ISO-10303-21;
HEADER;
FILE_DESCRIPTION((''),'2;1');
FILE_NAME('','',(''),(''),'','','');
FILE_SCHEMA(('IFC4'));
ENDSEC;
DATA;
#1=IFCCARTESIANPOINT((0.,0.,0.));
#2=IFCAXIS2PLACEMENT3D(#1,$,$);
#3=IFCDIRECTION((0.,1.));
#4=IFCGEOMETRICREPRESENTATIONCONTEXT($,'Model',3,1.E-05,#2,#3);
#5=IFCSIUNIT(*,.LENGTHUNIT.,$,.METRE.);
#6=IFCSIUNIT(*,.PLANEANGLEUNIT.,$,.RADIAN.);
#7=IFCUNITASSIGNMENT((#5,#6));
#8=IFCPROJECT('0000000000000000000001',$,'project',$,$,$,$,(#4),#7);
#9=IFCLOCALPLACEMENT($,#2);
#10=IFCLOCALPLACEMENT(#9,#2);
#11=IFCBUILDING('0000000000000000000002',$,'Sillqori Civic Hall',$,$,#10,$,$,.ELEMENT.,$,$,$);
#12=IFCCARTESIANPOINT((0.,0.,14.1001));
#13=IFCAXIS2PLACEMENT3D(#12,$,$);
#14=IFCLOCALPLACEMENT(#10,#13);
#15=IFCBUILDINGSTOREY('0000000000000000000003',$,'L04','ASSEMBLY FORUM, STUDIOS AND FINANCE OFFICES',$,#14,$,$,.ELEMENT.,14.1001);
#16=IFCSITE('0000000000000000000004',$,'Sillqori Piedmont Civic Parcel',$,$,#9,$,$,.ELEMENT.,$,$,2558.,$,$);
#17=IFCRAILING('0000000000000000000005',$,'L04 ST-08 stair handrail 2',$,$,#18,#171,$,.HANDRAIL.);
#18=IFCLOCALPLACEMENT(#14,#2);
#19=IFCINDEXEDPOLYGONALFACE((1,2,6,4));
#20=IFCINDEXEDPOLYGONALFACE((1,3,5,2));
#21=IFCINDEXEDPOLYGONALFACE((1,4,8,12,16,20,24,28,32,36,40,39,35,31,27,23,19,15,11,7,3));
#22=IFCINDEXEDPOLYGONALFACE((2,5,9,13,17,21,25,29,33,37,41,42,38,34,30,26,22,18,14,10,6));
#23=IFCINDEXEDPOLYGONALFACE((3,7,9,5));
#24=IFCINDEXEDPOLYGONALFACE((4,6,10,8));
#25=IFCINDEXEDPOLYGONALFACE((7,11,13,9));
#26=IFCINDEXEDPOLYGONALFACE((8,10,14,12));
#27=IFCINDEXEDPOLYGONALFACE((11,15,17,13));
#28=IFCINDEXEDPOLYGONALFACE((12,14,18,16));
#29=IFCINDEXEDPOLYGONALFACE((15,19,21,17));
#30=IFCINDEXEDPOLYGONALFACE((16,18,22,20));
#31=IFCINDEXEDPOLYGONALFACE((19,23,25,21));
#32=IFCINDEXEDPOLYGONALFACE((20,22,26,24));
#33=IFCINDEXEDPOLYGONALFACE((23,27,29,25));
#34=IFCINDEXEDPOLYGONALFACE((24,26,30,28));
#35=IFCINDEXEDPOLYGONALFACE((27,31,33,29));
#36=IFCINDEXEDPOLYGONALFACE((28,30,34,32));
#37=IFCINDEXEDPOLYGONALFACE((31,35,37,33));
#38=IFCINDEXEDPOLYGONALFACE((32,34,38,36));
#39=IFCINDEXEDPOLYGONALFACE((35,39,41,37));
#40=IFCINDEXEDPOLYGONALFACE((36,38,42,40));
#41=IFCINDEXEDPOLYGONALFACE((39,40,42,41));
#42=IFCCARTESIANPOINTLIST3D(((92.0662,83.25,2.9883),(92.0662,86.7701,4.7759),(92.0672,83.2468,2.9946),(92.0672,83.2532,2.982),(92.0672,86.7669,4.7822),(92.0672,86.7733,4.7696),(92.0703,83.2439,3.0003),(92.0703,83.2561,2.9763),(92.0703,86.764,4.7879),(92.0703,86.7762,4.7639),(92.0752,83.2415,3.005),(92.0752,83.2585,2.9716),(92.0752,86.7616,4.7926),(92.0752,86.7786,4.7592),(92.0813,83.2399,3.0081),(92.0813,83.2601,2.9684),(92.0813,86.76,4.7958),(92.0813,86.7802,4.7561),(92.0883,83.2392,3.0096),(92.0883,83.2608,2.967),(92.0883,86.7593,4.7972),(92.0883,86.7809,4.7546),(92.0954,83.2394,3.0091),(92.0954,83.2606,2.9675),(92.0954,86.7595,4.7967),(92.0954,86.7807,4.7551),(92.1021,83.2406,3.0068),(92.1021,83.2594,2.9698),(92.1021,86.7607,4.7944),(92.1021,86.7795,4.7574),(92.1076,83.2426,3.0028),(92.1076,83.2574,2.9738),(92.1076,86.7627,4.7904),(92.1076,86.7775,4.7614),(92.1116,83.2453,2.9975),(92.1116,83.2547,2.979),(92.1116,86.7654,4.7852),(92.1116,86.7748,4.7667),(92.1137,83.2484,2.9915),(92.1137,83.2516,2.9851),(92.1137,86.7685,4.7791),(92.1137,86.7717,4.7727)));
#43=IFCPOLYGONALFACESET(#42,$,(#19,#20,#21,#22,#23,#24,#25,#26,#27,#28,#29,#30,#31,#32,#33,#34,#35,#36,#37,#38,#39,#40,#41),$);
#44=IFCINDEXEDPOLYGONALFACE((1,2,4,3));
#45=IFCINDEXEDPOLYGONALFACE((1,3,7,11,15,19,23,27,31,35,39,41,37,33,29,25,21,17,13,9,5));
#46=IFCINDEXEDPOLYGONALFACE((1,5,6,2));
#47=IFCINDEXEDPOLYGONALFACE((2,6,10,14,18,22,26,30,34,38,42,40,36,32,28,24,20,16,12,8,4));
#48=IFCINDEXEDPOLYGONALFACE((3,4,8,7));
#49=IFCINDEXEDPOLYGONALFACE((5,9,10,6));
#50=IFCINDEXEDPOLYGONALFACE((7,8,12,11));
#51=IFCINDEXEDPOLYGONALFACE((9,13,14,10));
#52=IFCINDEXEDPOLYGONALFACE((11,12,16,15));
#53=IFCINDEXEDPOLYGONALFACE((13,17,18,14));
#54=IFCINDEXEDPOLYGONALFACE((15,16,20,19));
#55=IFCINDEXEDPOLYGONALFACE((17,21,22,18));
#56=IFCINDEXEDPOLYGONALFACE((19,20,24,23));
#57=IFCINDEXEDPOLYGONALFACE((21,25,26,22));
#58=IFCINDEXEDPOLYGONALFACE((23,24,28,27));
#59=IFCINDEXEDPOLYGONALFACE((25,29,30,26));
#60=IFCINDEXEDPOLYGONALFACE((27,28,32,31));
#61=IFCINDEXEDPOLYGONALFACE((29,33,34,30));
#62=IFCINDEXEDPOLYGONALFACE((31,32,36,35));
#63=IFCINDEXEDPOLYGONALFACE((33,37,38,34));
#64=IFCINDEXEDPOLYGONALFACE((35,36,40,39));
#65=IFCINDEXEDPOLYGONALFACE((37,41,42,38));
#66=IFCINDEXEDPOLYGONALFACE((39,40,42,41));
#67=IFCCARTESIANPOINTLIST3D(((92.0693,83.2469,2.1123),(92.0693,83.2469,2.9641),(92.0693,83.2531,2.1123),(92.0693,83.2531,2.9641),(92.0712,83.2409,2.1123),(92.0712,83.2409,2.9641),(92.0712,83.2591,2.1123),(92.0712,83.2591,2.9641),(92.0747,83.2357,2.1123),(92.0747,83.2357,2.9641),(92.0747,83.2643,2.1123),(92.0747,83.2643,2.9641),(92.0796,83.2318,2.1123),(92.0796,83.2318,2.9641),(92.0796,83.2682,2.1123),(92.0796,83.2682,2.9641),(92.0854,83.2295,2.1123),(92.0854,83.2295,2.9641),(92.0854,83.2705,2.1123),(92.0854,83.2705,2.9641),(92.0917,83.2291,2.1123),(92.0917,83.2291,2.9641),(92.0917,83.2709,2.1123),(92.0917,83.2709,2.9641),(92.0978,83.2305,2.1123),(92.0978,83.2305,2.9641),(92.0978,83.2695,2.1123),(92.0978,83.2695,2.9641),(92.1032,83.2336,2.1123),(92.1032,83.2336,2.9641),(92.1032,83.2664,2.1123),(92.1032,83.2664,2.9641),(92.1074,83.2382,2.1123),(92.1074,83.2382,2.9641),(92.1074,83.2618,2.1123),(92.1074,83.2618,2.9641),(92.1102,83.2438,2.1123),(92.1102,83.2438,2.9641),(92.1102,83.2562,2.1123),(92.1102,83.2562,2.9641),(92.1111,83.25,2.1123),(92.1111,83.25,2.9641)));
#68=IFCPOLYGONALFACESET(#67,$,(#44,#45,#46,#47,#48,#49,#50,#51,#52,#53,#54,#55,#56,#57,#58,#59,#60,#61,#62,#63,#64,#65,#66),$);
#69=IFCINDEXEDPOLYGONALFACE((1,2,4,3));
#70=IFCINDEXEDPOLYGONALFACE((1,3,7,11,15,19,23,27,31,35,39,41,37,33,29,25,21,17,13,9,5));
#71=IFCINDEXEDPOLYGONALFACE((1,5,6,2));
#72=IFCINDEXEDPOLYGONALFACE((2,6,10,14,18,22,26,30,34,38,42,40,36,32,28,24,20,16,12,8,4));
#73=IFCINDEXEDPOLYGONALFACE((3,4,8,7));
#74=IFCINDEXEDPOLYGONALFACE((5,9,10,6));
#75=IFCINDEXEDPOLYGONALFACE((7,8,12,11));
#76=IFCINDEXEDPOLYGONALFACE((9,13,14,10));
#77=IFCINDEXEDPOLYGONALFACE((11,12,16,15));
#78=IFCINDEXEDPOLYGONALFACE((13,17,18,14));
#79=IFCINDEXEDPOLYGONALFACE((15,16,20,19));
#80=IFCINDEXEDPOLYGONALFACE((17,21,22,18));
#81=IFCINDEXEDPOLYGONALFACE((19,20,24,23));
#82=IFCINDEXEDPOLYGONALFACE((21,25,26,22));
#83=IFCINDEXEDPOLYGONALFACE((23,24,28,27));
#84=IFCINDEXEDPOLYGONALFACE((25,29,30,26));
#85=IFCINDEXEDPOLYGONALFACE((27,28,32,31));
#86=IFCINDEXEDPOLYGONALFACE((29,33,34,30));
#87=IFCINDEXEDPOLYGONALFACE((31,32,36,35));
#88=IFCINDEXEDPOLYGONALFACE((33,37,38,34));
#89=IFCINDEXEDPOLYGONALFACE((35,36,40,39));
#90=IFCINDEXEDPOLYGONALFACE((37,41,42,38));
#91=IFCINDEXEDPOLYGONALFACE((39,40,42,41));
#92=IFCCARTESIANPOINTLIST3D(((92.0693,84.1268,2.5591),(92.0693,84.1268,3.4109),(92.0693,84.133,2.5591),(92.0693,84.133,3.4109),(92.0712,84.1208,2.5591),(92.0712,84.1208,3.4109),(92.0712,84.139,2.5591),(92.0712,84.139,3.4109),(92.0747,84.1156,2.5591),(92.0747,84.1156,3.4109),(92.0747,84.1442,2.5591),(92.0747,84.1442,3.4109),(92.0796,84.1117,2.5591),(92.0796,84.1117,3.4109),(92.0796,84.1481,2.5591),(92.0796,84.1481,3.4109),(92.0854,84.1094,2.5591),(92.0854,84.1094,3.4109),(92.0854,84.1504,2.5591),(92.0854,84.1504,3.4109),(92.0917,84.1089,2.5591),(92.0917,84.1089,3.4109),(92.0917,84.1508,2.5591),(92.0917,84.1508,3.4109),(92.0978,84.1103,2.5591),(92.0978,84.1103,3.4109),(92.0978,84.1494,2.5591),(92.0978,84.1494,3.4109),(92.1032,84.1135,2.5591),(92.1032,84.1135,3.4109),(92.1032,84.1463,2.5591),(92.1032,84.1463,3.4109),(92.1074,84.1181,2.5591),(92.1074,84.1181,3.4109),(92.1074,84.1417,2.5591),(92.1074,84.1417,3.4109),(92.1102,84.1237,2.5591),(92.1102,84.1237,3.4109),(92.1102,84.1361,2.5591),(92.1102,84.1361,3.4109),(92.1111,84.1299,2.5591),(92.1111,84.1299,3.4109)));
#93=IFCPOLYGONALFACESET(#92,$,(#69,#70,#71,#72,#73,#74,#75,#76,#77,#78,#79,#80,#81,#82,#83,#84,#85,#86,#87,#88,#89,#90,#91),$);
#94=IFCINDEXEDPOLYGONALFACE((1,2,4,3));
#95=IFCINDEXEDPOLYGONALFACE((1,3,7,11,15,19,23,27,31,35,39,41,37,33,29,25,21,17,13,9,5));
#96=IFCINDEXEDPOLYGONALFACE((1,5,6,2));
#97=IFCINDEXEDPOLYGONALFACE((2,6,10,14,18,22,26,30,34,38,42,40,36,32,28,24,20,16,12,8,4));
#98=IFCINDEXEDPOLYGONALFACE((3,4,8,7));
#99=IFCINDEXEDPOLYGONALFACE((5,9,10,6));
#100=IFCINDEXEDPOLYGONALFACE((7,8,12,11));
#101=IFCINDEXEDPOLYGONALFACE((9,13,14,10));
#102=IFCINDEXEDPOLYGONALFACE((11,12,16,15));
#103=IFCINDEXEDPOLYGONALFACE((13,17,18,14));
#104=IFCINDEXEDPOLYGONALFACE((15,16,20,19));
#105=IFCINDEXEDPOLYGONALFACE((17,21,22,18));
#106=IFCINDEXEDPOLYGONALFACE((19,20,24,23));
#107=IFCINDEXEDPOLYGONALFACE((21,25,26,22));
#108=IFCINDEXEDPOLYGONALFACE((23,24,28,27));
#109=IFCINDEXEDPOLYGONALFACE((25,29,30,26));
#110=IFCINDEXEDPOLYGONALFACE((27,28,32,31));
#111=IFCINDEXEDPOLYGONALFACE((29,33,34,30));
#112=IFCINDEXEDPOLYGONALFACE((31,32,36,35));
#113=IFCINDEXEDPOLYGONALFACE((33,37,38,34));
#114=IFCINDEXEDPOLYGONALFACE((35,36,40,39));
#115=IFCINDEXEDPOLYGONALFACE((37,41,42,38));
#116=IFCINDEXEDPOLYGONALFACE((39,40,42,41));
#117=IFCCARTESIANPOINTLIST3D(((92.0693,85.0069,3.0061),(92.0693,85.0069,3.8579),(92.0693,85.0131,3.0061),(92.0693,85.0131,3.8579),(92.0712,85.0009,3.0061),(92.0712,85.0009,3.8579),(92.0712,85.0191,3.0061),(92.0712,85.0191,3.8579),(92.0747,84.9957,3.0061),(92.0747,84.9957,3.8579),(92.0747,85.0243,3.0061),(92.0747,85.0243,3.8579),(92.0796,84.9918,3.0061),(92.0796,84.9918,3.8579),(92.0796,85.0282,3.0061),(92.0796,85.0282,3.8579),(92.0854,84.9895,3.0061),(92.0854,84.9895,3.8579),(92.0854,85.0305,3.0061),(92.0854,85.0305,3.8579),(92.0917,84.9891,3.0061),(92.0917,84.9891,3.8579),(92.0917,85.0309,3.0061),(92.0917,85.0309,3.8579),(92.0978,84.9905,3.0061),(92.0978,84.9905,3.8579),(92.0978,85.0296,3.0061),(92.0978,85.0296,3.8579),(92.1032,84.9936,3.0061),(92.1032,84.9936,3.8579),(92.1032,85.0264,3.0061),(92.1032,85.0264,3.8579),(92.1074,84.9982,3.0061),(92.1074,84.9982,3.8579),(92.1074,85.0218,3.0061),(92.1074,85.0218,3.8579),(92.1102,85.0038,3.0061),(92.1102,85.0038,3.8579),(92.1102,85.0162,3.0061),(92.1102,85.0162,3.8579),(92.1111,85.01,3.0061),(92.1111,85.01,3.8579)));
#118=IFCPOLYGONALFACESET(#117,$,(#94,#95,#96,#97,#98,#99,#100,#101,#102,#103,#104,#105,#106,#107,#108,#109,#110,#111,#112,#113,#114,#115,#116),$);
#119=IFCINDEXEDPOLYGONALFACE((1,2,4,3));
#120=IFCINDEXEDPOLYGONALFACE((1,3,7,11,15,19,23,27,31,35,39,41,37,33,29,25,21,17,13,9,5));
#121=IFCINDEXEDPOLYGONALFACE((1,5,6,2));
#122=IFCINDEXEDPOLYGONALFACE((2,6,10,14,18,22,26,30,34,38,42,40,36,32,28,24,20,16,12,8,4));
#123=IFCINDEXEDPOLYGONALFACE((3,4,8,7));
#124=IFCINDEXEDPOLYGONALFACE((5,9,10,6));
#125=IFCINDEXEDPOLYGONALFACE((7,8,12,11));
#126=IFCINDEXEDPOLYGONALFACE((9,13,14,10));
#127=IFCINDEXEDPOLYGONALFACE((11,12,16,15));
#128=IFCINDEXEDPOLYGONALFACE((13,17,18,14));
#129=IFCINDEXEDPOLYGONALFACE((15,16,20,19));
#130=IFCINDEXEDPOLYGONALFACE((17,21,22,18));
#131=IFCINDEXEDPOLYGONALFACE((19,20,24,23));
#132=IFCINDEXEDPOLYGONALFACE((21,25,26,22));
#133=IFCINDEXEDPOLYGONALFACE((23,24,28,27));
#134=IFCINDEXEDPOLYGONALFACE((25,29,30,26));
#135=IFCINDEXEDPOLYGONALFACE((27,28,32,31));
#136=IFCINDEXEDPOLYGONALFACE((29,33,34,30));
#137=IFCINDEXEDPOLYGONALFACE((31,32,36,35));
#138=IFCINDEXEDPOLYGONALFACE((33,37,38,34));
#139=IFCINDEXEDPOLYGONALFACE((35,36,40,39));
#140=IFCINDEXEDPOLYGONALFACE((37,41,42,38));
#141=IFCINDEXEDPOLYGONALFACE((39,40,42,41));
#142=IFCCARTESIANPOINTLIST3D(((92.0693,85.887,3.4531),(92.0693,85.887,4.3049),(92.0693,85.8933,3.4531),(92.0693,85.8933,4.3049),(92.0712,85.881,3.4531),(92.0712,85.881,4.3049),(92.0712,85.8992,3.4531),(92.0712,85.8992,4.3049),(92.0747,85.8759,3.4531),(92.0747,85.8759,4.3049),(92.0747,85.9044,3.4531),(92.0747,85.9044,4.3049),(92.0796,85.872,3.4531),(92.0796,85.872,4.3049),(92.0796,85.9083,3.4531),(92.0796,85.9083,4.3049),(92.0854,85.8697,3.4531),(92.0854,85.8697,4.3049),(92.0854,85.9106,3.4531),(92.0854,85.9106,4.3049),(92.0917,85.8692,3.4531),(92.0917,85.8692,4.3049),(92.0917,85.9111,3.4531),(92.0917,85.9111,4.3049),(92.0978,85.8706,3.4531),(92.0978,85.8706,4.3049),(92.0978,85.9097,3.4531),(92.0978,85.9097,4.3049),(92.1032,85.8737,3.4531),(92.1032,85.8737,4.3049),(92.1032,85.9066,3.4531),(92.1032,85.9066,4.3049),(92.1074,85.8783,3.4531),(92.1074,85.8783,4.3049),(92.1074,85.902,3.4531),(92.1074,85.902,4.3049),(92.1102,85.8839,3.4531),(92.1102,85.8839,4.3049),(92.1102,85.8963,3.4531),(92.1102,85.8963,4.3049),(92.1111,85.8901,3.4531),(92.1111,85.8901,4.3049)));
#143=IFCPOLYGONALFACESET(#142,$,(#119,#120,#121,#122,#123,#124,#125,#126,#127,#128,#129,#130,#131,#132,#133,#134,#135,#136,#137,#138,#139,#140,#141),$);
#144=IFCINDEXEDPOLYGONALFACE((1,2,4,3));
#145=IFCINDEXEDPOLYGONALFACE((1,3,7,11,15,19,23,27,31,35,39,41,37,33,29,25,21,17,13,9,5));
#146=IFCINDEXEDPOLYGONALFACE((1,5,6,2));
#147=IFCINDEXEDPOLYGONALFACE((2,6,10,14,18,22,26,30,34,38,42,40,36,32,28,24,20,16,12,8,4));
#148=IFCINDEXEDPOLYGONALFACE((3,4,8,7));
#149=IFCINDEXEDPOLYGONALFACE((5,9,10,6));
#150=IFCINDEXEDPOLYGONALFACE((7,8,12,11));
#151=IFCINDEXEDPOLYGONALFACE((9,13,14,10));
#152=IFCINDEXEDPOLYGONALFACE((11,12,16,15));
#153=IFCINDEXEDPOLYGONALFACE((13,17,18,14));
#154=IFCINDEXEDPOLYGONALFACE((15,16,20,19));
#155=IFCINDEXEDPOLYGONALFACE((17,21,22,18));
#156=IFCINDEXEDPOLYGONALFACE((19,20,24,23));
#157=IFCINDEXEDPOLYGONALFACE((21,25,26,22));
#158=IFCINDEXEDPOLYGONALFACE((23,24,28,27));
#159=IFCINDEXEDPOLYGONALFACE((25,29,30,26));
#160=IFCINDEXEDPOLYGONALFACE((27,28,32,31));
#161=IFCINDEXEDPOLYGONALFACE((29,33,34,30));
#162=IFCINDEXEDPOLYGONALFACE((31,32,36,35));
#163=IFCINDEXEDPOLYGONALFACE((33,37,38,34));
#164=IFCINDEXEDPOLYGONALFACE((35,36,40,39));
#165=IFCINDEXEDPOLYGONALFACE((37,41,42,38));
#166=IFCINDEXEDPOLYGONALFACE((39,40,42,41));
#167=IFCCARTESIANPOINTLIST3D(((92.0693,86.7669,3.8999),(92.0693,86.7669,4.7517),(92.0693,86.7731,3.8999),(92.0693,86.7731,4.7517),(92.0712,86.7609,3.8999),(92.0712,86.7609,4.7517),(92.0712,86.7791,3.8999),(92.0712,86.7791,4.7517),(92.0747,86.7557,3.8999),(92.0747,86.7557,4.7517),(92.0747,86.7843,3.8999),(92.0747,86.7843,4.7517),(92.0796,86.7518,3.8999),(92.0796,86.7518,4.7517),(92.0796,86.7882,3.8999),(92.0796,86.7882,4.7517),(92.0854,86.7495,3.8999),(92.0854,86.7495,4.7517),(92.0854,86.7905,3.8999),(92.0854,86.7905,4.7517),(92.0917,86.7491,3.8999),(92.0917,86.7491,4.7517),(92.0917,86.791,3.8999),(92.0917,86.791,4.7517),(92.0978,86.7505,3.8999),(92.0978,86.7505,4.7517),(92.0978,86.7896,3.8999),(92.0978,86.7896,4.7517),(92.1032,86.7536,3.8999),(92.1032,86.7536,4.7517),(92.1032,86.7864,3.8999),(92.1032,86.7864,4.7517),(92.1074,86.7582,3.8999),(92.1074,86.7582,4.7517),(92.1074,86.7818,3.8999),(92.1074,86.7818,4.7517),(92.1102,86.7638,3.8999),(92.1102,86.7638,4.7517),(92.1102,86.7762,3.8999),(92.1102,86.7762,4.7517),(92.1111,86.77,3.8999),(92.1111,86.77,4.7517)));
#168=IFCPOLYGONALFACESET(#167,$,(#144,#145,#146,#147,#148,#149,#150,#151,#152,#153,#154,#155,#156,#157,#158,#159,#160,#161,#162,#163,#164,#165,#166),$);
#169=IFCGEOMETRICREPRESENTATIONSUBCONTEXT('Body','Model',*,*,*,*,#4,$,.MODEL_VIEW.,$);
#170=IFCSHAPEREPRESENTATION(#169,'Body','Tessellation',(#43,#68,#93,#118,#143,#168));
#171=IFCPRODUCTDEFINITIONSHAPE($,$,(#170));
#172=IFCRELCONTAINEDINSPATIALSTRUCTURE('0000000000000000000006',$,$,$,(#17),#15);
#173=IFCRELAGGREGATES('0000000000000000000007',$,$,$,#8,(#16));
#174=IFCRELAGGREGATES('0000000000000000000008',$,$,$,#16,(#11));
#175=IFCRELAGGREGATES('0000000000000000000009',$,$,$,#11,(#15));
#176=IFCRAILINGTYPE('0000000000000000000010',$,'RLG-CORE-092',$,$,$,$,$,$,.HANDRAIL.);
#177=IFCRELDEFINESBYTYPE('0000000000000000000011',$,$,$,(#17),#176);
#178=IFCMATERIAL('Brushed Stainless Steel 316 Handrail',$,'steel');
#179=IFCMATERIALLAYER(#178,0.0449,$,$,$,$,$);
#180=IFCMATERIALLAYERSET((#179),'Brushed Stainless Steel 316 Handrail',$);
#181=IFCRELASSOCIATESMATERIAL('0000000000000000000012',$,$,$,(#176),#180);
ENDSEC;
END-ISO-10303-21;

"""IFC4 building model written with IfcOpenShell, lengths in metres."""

from ifc_helpers import new_model, si_unit, direction, frame, origin, origin_2d, place, context, subcontext, project, spatial, circle, extrude, material, layer, layer_set, type_object, element, save


model = new_model("IFC4")

# Units and contexts
model_context = context("Model", 3, precision=1e-05, world=origin(), true_north=direction((0.0, 1.0)))
body_context = subcontext(model_context, "Body", "Model", "MODEL_VIEW")
ifc_project = project(units=[si_unit("LENGTHUNIT", "METRE"), si_unit("PLANEANGLEUNIT", "RADIAN")], contexts=[model_context])

# Site, building, storey
site_placement = place(None, origin())
site = spatial("IfcSite", under=ifc_project, at=site_placement, Name="Sillqori Piedmont Civic Parcel", CompositionType="ELEMENT", RefElevation=2558.0)
building_placement = place(site_placement, origin())
building = spatial("IfcBuilding", under=site, at=building_placement, Name="Sillqori Civic Hall", CompositionType="ELEMENT")
storey_placement = place(building_placement, frame((0.0, 0.0, 14.1001)))
storey = spatial("IfcBuildingStorey", under=building, at=storey_placement, Name="L04", Description="ASSEMBLY FORUM, STUDIOS AND FINANCE OFFICES", CompositionType="ELEMENT", Elevation=14.1001)

# Railing
ifc_material_1 = material(Name="Brushed Stainless Steel 316 Handrail", Category="steel")
ifc_layer_1 = layer(ifc_material_1, 0.0449)
ifc_layer_set_1 = layer_set([ifc_layer_1], Name="Brushed Stainless Steel 316 Handrail")
railing_type_1 = type_object("IfcRailingType", Name="RLG-CORE-092", PredefinedType="HANDRAIL", material=ifc_layer_set_1)
railing_1_placement = place(storey_placement, frame((92.0901, 83.25, 2.1123)))
element("IfcRailing", 1, at=railing_1_placement, inside=storey, type_object=railing_type_1, Name="L04 ST-08 stair handrail 2", PredefinedType="HANDRAIL", context=body_context, shape_type="SweptSolid", body=[
    extrude(circle(Radius=0.0239, at=origin_2d()), frame((0.0, 0.0, 0.876), z_axis=(0.0, 0.891615, 0.452795), x_axis=(-1.0, 0.0, 0.0)), (0.0, 0.0, 1.0), 3.948),
    extrude(circle(Radius=0.021, at=origin_2d()), origin(), (0.0, 0.0, 1.0), 0.8518),
    extrude(circle(Radius=0.021, at=origin_2d()), frame((0.0, 0.8799, 0.4468)), (0.0, 0.0, 1.0), 0.8518),
    extrude(circle(Radius=0.021, at=origin_2d()), frame((0.0, 1.76, 0.8938)), (0.0, 0.0, 1.0), 0.8518),
    extrude(circle(Radius=0.021, at=origin_2d()), frame((0.0, 2.6401, 1.3408)), (0.0, 0.0, 1.0), 0.8518),
    extrude(circle(Radius=0.021, at=origin_2d()), frame((0.0, 3.52, 1.7876)), (0.0, 0.0, 1.0), 0.8518),
])

save(model, "model.ifc")
